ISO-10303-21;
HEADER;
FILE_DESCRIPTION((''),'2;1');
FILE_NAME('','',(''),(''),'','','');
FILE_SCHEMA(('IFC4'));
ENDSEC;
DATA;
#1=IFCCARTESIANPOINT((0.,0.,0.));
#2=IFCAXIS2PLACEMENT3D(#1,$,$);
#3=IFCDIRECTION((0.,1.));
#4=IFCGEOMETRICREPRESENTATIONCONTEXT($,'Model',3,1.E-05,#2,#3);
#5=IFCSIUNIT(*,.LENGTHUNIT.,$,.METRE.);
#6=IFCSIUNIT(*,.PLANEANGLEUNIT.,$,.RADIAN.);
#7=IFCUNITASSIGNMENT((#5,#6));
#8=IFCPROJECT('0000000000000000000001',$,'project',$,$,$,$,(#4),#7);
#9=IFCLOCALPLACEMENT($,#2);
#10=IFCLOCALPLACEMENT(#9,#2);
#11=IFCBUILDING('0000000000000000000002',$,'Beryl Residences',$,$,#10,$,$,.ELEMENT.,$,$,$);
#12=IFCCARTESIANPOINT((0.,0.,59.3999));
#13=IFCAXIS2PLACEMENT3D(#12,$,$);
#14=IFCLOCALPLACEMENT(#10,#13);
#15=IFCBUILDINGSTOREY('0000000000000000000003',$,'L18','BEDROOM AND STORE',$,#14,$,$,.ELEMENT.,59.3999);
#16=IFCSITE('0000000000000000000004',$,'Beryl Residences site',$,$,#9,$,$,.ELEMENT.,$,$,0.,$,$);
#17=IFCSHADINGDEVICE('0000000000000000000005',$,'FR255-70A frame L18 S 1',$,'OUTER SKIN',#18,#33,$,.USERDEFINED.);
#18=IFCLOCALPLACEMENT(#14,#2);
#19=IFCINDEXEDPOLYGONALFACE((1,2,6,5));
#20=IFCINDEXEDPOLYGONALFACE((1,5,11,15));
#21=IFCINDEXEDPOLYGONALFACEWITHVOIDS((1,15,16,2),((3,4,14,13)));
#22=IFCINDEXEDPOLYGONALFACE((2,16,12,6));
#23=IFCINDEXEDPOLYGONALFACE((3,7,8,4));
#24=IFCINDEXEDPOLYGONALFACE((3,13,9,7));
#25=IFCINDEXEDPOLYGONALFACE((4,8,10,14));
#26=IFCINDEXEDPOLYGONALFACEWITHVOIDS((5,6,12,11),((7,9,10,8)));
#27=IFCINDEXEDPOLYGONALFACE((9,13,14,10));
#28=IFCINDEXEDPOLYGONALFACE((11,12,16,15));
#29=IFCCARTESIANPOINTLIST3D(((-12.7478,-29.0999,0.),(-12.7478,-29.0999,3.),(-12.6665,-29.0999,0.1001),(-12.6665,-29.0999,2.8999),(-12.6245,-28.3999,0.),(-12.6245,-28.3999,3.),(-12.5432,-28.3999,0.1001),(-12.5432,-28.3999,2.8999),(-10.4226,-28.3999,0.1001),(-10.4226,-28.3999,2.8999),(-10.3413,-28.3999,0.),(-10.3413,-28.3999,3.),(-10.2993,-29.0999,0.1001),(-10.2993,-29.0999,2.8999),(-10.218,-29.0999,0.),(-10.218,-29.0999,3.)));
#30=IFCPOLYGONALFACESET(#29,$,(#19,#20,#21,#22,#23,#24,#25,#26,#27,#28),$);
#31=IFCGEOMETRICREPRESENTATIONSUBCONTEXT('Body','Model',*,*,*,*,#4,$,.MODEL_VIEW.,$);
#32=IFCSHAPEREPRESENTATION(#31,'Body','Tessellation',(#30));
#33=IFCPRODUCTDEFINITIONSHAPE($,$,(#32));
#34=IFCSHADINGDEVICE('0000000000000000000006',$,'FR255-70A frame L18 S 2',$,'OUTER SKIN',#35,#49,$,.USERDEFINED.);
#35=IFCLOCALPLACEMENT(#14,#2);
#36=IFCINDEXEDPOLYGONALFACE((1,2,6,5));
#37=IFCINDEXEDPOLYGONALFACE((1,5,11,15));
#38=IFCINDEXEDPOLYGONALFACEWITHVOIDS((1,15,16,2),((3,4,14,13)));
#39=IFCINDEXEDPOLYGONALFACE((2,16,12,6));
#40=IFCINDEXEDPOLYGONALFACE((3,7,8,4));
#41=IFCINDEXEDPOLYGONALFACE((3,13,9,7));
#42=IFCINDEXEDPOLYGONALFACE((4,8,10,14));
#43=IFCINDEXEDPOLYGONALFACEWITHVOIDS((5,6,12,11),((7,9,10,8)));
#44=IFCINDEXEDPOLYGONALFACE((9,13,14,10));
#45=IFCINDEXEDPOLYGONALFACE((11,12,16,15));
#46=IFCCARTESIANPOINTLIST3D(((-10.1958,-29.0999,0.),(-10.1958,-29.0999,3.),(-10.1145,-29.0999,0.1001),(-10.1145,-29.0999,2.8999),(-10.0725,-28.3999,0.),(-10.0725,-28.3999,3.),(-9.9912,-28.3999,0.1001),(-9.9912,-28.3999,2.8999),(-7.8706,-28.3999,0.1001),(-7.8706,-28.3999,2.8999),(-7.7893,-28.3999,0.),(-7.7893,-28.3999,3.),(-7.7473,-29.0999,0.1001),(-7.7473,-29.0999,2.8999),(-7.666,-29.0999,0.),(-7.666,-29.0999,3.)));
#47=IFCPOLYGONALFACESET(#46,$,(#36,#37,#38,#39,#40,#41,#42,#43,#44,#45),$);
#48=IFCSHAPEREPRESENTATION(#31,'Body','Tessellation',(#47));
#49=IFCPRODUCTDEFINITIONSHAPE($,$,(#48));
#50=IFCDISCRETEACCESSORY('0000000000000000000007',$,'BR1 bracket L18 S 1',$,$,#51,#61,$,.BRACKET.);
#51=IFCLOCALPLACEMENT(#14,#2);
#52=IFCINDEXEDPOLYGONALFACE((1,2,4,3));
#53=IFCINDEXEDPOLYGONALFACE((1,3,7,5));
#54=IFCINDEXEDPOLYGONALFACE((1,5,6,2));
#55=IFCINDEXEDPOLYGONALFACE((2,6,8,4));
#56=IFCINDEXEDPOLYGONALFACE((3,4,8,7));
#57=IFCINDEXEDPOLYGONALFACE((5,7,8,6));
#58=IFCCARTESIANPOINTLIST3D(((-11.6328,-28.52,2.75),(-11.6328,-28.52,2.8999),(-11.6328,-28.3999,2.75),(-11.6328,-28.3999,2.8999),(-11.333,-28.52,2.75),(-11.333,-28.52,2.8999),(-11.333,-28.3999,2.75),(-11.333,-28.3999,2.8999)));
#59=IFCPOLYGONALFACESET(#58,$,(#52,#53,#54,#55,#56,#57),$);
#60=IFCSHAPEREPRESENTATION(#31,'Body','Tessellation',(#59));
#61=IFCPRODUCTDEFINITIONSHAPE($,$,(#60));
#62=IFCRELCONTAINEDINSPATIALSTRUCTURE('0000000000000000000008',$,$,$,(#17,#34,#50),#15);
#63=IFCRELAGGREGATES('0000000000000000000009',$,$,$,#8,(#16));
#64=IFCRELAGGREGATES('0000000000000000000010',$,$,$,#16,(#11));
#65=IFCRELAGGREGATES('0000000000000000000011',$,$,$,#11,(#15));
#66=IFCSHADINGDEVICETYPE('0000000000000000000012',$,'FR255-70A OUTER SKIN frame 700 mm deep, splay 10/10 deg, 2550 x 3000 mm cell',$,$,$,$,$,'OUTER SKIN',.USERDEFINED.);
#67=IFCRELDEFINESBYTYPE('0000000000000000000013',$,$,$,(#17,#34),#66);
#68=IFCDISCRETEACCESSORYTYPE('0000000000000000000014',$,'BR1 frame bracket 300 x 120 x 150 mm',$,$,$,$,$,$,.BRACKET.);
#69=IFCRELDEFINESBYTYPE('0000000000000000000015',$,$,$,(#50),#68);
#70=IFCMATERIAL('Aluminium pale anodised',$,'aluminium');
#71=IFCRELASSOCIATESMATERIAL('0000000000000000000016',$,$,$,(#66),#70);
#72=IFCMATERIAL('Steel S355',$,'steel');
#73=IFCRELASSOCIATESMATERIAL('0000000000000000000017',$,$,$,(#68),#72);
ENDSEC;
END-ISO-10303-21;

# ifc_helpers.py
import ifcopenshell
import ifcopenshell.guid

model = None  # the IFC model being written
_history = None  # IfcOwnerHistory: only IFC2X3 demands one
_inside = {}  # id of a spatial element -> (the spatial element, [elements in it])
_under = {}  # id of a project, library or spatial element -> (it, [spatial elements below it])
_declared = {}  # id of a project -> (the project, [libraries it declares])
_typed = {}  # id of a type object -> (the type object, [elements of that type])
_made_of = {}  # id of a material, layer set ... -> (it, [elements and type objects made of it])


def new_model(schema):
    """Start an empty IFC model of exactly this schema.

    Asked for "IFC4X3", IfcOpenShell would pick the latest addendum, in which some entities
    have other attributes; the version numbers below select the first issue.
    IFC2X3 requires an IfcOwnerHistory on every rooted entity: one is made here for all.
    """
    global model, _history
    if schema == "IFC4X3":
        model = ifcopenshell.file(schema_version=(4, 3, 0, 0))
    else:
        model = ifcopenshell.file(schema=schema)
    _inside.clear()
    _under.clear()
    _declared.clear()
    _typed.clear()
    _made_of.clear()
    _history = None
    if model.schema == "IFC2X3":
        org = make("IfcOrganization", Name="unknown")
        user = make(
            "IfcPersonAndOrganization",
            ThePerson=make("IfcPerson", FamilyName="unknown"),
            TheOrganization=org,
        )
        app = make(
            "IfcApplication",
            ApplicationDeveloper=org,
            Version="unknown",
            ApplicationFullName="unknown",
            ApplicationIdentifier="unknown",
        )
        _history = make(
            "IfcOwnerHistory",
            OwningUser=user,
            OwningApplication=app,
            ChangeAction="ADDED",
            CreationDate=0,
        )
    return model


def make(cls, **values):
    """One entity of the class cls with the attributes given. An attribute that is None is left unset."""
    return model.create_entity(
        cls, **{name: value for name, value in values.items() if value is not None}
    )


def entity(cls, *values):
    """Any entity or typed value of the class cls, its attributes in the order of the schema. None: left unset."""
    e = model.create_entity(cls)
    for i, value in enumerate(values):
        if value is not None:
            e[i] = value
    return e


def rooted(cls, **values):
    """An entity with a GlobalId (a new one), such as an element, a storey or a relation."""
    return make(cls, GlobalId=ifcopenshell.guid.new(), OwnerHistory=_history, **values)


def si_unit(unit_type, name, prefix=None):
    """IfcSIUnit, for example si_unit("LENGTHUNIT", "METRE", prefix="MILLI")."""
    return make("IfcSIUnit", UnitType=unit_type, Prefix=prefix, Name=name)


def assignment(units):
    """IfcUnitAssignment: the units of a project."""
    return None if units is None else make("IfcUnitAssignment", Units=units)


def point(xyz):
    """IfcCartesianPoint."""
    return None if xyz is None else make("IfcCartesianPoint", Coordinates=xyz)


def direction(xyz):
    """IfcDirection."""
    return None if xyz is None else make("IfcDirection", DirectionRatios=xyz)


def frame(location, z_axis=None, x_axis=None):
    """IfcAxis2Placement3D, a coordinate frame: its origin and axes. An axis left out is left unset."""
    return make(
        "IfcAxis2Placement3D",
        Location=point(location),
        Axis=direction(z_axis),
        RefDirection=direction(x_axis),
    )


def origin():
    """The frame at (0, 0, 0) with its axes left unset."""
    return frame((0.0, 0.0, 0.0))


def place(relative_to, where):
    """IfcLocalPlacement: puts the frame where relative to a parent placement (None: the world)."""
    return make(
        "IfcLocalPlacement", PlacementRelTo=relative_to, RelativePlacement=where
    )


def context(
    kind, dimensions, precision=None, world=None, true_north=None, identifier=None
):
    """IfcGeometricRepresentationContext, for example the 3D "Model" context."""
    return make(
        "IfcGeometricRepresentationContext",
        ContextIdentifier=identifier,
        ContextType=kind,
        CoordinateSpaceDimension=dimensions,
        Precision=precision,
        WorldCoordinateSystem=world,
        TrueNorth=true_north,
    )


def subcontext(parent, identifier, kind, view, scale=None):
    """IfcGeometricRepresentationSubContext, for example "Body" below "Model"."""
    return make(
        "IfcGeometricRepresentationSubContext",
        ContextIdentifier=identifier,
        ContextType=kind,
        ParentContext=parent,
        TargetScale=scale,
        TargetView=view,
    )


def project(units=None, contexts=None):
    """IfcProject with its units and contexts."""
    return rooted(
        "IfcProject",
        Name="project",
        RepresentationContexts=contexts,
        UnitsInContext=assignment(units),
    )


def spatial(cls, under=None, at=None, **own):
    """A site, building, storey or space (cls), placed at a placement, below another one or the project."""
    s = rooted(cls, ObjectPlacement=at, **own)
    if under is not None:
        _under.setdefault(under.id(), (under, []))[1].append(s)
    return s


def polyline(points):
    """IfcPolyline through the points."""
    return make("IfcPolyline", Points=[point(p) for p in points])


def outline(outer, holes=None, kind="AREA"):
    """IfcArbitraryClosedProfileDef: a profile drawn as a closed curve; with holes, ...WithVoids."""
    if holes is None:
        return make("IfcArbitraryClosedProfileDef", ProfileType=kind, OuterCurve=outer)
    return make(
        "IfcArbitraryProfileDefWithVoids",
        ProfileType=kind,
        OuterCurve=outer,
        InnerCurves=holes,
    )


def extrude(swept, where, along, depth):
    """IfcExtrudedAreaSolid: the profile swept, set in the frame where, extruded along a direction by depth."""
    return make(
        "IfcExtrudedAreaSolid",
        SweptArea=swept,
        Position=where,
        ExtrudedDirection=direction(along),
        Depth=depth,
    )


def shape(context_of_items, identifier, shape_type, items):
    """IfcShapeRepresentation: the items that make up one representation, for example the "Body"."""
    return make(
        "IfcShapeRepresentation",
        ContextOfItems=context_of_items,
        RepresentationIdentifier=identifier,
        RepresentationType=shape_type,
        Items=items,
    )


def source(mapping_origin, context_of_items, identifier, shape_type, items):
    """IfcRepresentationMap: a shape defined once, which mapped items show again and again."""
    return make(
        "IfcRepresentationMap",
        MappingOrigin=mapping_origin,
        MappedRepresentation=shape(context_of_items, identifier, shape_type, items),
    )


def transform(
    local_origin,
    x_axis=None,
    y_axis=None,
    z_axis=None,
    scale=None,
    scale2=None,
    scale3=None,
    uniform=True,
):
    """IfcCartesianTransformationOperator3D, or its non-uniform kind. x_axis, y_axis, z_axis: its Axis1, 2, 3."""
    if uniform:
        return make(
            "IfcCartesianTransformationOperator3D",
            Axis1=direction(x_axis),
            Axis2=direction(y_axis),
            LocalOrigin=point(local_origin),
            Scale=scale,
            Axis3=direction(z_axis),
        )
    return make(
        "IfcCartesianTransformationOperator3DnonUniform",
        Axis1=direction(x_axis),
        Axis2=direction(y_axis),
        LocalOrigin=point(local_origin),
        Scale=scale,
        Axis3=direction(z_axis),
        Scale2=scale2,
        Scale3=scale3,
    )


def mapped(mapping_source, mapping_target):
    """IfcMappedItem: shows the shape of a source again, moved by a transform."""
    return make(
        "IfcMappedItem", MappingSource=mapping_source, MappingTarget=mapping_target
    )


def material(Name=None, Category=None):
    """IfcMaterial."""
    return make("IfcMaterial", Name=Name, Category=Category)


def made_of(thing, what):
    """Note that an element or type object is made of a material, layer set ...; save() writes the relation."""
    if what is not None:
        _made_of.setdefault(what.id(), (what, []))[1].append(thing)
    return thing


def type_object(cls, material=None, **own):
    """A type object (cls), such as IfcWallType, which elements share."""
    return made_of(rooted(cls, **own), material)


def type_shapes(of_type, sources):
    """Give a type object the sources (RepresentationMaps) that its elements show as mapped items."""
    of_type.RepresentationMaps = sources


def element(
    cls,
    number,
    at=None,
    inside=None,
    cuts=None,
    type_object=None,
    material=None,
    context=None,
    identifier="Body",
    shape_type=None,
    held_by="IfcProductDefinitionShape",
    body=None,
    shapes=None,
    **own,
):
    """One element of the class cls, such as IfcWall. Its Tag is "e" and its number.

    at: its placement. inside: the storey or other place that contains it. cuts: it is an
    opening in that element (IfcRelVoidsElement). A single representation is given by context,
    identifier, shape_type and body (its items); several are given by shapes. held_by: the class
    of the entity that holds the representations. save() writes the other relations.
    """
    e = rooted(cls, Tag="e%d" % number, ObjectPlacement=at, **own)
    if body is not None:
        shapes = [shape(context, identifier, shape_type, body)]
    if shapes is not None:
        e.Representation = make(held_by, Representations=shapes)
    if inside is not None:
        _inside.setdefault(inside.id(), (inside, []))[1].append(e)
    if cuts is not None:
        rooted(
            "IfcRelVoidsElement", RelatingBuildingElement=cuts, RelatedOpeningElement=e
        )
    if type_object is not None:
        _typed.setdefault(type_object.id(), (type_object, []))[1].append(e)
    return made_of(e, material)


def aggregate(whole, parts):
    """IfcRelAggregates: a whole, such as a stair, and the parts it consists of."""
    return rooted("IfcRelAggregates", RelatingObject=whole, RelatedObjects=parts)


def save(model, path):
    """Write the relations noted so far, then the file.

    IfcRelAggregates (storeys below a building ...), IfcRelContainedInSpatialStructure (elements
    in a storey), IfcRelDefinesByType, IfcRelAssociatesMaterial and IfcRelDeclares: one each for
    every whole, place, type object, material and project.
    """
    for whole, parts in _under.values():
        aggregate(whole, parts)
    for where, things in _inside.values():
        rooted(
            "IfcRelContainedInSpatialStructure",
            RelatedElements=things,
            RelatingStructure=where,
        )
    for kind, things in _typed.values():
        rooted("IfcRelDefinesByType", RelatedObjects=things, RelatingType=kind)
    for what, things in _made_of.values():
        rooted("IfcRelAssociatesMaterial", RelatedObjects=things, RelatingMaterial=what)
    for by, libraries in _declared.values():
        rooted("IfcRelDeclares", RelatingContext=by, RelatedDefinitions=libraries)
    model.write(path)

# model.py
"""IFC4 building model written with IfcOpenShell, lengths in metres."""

from ifc_helpers import new_model, entity, si_unit, direction, frame, origin, place, context, subcontext, project, spatial, polyline, outline, extrude, source, transform, mapped, material, type_object, type_shapes, element, save


model = new_model("IFC4")

# Units and contexts
model_context = context("Model", 3, precision=1e-05, world=origin(), true_north=direction((0.0, 1.0)))
body_context = subcontext(model_context, "Body", "Model", "MODEL_VIEW")
ifc_project = project(units=[si_unit("LENGTHUNIT", "METRE"), si_unit("PLANEANGLEUNIT", "RADIAN")], contexts=[model_context])

# Site, building, storey
site_placement = place(None, origin())
site = spatial("IfcSite", under=ifc_project, at=site_placement, Name="Beryl Residences site", CompositionType="ELEMENT", RefElevation=0.0)
building_placement = place(site_placement, origin())
building = spatial("IfcBuilding", under=site, at=building_placement, Name="Beryl Residences", CompositionType="ELEMENT")
storey_placement = place(building_placement, frame((0.0, 0.0, 59.3999)))
storey = spatial("IfcBuildingStorey", under=building, at=storey_placement, Name="L18", Description="BEDROOM AND STORE", CompositionType="ELEMENT", Elevation=59.3999)

# Shading devices
ifc_material_1 = material(Name="Aluminium pale anodised", Category="aluminium")
shading_device_type_1 = type_object("IfcShadingDeviceType", Name="FR255-70A OUTER SKIN frame 700 mm deep, splay 10/10 deg, 2550 x 3000 mm cell", ElementType="OUTER SKIN", PredefinedType="USERDEFINED", material=ifc_material_1)
cartesian_point_1 = entity("IfcCartesianPoint", [-1.1416, 0.0])
cartesian_point_2 = entity("IfcCartesianPoint", [-1.0603, 0.1001])
cartesian_point_3 = entity("IfcCartesianPoint", [-1.2649, 0.0])
cartesian_point_4 = entity("IfcCartesianPoint", [-1.1836, 0.1001])
shared_shape_1 = source(origin(), body_context, "Body", "SweptSolid", [
    entity("IfcExtrudedAreaSolidTapered", entity("IfcArbitraryProfileDefWithVoids", "AREA", None, entity("IfcPolyline", [cartesian_point_1, entity("IfcCartesianPoint", [1.1416, 0.0]), entity("IfcCartesianPoint", [1.1416, 3.0]), entity("IfcCartesianPoint", [-1.1416, 3.0]), cartesian_point_1]), [entity("IfcPolyline", [cartesian_point_2, entity("IfcCartesianPoint", [1.0603, 0.1001]), entity("IfcCartesianPoint", [1.0603, 2.8999]), entity("IfcCartesianPoint", [-1.0603, 2.8999]), cartesian_point_2])]), entity("IfcAxis2Placement3D", entity("IfcCartesianPoint", [0.0, 0.0, 0.0]), entity("IfcDirection", [0.0, 1.0, 0.0]), entity("IfcDirection", [-1.0, 0.0, 0.0])), entity("IfcDirection", [0.0, 0.0, 1.0]), 0.7, entity("IfcArbitraryProfileDefWithVoids", "AREA", None, entity("IfcPolyline", [cartesian_point_3, entity("IfcCartesianPoint", [1.2649, 0.0]), entity("IfcCartesianPoint", [1.2649, 3.0]), entity("IfcCartesianPoint", [-1.2649, 3.0]), cartesian_point_3]), [entity("IfcPolyline", [cartesian_point_4, entity("IfcCartesianPoint", [1.1836, 0.1001]), entity("IfcCartesianPoint", [1.1836, 2.8999]), entity("IfcCartesianPoint", [-1.1836, 2.8999]), cartesian_point_4])])),
])
type_shapes(shading_device_type_1, [shared_shape_1])
for number, where, z_axis, x_axis, name in (
    (1, (-11.4829, -28.3999, 0.0), (0.0, 0.0, 1.0), (-1.0, 0.0, 0.0), "FR255-70A frame L18 S 1"),
    (2, (-8.9309, -28.3999, 0.0), (0.0, 0.0, 1.0), (-1.0, 0.0, 0.0), "FR255-70A frame L18 S 2"),
):
    element("IfcShadingDevice", number, at=place(storey_placement, frame(where, z_axis=z_axis, x_axis=x_axis)), inside=storey, type_object=shading_device_type_1, Name=name, ObjectType="OUTER SKIN", PredefinedType="USERDEFINED", context=body_context, shape_type="MappedRepresentation", body=[
        mapped(shared_shape_1, transform((0.0, 0.0, 0.0))),
    ])

# Discrete accessory
ifc_material_2 = material(Name="Steel S355", Category="steel")
discrete_accessory_type = type_object("IfcDiscreteAccessoryType", Name="BR1 frame bracket 300 x 120 x 150 mm", PredefinedType="BRACKET", material=ifc_material_2)
shared_shape_2 = source(origin(), body_context, "Body", "SweptSolid", [
    extrude(outline(polyline([(-0.1499, 0.0), (0.1499, 0.0), (0.1499, 0.1201), (-0.1499, 0.1201), (-0.1499, 0.0)])), origin(), (0.0, 0.0, 1.0), 0.1499),
])
type_shapes(discrete_accessory_type, [shared_shape_2])
discrete_accessory_placement = place(storey_placement, frame((-11.4829, -28.3999, 2.75), z_axis=(0.0, 0.0, 1.0), x_axis=(-1.0, 0.0, 0.0)))
element("IfcDiscreteAccessory", 3, at=discrete_accessory_placement, inside=storey, type_object=discrete_accessory_type, Name="BR1 bracket L18 S 1", PredefinedType="BRACKET", context=body_context, shape_type="MappedRepresentation", body=[
    mapped(shared_shape_2, transform((0.0, 0.0, 0.0))),
])

save(model, "model.ifc")
